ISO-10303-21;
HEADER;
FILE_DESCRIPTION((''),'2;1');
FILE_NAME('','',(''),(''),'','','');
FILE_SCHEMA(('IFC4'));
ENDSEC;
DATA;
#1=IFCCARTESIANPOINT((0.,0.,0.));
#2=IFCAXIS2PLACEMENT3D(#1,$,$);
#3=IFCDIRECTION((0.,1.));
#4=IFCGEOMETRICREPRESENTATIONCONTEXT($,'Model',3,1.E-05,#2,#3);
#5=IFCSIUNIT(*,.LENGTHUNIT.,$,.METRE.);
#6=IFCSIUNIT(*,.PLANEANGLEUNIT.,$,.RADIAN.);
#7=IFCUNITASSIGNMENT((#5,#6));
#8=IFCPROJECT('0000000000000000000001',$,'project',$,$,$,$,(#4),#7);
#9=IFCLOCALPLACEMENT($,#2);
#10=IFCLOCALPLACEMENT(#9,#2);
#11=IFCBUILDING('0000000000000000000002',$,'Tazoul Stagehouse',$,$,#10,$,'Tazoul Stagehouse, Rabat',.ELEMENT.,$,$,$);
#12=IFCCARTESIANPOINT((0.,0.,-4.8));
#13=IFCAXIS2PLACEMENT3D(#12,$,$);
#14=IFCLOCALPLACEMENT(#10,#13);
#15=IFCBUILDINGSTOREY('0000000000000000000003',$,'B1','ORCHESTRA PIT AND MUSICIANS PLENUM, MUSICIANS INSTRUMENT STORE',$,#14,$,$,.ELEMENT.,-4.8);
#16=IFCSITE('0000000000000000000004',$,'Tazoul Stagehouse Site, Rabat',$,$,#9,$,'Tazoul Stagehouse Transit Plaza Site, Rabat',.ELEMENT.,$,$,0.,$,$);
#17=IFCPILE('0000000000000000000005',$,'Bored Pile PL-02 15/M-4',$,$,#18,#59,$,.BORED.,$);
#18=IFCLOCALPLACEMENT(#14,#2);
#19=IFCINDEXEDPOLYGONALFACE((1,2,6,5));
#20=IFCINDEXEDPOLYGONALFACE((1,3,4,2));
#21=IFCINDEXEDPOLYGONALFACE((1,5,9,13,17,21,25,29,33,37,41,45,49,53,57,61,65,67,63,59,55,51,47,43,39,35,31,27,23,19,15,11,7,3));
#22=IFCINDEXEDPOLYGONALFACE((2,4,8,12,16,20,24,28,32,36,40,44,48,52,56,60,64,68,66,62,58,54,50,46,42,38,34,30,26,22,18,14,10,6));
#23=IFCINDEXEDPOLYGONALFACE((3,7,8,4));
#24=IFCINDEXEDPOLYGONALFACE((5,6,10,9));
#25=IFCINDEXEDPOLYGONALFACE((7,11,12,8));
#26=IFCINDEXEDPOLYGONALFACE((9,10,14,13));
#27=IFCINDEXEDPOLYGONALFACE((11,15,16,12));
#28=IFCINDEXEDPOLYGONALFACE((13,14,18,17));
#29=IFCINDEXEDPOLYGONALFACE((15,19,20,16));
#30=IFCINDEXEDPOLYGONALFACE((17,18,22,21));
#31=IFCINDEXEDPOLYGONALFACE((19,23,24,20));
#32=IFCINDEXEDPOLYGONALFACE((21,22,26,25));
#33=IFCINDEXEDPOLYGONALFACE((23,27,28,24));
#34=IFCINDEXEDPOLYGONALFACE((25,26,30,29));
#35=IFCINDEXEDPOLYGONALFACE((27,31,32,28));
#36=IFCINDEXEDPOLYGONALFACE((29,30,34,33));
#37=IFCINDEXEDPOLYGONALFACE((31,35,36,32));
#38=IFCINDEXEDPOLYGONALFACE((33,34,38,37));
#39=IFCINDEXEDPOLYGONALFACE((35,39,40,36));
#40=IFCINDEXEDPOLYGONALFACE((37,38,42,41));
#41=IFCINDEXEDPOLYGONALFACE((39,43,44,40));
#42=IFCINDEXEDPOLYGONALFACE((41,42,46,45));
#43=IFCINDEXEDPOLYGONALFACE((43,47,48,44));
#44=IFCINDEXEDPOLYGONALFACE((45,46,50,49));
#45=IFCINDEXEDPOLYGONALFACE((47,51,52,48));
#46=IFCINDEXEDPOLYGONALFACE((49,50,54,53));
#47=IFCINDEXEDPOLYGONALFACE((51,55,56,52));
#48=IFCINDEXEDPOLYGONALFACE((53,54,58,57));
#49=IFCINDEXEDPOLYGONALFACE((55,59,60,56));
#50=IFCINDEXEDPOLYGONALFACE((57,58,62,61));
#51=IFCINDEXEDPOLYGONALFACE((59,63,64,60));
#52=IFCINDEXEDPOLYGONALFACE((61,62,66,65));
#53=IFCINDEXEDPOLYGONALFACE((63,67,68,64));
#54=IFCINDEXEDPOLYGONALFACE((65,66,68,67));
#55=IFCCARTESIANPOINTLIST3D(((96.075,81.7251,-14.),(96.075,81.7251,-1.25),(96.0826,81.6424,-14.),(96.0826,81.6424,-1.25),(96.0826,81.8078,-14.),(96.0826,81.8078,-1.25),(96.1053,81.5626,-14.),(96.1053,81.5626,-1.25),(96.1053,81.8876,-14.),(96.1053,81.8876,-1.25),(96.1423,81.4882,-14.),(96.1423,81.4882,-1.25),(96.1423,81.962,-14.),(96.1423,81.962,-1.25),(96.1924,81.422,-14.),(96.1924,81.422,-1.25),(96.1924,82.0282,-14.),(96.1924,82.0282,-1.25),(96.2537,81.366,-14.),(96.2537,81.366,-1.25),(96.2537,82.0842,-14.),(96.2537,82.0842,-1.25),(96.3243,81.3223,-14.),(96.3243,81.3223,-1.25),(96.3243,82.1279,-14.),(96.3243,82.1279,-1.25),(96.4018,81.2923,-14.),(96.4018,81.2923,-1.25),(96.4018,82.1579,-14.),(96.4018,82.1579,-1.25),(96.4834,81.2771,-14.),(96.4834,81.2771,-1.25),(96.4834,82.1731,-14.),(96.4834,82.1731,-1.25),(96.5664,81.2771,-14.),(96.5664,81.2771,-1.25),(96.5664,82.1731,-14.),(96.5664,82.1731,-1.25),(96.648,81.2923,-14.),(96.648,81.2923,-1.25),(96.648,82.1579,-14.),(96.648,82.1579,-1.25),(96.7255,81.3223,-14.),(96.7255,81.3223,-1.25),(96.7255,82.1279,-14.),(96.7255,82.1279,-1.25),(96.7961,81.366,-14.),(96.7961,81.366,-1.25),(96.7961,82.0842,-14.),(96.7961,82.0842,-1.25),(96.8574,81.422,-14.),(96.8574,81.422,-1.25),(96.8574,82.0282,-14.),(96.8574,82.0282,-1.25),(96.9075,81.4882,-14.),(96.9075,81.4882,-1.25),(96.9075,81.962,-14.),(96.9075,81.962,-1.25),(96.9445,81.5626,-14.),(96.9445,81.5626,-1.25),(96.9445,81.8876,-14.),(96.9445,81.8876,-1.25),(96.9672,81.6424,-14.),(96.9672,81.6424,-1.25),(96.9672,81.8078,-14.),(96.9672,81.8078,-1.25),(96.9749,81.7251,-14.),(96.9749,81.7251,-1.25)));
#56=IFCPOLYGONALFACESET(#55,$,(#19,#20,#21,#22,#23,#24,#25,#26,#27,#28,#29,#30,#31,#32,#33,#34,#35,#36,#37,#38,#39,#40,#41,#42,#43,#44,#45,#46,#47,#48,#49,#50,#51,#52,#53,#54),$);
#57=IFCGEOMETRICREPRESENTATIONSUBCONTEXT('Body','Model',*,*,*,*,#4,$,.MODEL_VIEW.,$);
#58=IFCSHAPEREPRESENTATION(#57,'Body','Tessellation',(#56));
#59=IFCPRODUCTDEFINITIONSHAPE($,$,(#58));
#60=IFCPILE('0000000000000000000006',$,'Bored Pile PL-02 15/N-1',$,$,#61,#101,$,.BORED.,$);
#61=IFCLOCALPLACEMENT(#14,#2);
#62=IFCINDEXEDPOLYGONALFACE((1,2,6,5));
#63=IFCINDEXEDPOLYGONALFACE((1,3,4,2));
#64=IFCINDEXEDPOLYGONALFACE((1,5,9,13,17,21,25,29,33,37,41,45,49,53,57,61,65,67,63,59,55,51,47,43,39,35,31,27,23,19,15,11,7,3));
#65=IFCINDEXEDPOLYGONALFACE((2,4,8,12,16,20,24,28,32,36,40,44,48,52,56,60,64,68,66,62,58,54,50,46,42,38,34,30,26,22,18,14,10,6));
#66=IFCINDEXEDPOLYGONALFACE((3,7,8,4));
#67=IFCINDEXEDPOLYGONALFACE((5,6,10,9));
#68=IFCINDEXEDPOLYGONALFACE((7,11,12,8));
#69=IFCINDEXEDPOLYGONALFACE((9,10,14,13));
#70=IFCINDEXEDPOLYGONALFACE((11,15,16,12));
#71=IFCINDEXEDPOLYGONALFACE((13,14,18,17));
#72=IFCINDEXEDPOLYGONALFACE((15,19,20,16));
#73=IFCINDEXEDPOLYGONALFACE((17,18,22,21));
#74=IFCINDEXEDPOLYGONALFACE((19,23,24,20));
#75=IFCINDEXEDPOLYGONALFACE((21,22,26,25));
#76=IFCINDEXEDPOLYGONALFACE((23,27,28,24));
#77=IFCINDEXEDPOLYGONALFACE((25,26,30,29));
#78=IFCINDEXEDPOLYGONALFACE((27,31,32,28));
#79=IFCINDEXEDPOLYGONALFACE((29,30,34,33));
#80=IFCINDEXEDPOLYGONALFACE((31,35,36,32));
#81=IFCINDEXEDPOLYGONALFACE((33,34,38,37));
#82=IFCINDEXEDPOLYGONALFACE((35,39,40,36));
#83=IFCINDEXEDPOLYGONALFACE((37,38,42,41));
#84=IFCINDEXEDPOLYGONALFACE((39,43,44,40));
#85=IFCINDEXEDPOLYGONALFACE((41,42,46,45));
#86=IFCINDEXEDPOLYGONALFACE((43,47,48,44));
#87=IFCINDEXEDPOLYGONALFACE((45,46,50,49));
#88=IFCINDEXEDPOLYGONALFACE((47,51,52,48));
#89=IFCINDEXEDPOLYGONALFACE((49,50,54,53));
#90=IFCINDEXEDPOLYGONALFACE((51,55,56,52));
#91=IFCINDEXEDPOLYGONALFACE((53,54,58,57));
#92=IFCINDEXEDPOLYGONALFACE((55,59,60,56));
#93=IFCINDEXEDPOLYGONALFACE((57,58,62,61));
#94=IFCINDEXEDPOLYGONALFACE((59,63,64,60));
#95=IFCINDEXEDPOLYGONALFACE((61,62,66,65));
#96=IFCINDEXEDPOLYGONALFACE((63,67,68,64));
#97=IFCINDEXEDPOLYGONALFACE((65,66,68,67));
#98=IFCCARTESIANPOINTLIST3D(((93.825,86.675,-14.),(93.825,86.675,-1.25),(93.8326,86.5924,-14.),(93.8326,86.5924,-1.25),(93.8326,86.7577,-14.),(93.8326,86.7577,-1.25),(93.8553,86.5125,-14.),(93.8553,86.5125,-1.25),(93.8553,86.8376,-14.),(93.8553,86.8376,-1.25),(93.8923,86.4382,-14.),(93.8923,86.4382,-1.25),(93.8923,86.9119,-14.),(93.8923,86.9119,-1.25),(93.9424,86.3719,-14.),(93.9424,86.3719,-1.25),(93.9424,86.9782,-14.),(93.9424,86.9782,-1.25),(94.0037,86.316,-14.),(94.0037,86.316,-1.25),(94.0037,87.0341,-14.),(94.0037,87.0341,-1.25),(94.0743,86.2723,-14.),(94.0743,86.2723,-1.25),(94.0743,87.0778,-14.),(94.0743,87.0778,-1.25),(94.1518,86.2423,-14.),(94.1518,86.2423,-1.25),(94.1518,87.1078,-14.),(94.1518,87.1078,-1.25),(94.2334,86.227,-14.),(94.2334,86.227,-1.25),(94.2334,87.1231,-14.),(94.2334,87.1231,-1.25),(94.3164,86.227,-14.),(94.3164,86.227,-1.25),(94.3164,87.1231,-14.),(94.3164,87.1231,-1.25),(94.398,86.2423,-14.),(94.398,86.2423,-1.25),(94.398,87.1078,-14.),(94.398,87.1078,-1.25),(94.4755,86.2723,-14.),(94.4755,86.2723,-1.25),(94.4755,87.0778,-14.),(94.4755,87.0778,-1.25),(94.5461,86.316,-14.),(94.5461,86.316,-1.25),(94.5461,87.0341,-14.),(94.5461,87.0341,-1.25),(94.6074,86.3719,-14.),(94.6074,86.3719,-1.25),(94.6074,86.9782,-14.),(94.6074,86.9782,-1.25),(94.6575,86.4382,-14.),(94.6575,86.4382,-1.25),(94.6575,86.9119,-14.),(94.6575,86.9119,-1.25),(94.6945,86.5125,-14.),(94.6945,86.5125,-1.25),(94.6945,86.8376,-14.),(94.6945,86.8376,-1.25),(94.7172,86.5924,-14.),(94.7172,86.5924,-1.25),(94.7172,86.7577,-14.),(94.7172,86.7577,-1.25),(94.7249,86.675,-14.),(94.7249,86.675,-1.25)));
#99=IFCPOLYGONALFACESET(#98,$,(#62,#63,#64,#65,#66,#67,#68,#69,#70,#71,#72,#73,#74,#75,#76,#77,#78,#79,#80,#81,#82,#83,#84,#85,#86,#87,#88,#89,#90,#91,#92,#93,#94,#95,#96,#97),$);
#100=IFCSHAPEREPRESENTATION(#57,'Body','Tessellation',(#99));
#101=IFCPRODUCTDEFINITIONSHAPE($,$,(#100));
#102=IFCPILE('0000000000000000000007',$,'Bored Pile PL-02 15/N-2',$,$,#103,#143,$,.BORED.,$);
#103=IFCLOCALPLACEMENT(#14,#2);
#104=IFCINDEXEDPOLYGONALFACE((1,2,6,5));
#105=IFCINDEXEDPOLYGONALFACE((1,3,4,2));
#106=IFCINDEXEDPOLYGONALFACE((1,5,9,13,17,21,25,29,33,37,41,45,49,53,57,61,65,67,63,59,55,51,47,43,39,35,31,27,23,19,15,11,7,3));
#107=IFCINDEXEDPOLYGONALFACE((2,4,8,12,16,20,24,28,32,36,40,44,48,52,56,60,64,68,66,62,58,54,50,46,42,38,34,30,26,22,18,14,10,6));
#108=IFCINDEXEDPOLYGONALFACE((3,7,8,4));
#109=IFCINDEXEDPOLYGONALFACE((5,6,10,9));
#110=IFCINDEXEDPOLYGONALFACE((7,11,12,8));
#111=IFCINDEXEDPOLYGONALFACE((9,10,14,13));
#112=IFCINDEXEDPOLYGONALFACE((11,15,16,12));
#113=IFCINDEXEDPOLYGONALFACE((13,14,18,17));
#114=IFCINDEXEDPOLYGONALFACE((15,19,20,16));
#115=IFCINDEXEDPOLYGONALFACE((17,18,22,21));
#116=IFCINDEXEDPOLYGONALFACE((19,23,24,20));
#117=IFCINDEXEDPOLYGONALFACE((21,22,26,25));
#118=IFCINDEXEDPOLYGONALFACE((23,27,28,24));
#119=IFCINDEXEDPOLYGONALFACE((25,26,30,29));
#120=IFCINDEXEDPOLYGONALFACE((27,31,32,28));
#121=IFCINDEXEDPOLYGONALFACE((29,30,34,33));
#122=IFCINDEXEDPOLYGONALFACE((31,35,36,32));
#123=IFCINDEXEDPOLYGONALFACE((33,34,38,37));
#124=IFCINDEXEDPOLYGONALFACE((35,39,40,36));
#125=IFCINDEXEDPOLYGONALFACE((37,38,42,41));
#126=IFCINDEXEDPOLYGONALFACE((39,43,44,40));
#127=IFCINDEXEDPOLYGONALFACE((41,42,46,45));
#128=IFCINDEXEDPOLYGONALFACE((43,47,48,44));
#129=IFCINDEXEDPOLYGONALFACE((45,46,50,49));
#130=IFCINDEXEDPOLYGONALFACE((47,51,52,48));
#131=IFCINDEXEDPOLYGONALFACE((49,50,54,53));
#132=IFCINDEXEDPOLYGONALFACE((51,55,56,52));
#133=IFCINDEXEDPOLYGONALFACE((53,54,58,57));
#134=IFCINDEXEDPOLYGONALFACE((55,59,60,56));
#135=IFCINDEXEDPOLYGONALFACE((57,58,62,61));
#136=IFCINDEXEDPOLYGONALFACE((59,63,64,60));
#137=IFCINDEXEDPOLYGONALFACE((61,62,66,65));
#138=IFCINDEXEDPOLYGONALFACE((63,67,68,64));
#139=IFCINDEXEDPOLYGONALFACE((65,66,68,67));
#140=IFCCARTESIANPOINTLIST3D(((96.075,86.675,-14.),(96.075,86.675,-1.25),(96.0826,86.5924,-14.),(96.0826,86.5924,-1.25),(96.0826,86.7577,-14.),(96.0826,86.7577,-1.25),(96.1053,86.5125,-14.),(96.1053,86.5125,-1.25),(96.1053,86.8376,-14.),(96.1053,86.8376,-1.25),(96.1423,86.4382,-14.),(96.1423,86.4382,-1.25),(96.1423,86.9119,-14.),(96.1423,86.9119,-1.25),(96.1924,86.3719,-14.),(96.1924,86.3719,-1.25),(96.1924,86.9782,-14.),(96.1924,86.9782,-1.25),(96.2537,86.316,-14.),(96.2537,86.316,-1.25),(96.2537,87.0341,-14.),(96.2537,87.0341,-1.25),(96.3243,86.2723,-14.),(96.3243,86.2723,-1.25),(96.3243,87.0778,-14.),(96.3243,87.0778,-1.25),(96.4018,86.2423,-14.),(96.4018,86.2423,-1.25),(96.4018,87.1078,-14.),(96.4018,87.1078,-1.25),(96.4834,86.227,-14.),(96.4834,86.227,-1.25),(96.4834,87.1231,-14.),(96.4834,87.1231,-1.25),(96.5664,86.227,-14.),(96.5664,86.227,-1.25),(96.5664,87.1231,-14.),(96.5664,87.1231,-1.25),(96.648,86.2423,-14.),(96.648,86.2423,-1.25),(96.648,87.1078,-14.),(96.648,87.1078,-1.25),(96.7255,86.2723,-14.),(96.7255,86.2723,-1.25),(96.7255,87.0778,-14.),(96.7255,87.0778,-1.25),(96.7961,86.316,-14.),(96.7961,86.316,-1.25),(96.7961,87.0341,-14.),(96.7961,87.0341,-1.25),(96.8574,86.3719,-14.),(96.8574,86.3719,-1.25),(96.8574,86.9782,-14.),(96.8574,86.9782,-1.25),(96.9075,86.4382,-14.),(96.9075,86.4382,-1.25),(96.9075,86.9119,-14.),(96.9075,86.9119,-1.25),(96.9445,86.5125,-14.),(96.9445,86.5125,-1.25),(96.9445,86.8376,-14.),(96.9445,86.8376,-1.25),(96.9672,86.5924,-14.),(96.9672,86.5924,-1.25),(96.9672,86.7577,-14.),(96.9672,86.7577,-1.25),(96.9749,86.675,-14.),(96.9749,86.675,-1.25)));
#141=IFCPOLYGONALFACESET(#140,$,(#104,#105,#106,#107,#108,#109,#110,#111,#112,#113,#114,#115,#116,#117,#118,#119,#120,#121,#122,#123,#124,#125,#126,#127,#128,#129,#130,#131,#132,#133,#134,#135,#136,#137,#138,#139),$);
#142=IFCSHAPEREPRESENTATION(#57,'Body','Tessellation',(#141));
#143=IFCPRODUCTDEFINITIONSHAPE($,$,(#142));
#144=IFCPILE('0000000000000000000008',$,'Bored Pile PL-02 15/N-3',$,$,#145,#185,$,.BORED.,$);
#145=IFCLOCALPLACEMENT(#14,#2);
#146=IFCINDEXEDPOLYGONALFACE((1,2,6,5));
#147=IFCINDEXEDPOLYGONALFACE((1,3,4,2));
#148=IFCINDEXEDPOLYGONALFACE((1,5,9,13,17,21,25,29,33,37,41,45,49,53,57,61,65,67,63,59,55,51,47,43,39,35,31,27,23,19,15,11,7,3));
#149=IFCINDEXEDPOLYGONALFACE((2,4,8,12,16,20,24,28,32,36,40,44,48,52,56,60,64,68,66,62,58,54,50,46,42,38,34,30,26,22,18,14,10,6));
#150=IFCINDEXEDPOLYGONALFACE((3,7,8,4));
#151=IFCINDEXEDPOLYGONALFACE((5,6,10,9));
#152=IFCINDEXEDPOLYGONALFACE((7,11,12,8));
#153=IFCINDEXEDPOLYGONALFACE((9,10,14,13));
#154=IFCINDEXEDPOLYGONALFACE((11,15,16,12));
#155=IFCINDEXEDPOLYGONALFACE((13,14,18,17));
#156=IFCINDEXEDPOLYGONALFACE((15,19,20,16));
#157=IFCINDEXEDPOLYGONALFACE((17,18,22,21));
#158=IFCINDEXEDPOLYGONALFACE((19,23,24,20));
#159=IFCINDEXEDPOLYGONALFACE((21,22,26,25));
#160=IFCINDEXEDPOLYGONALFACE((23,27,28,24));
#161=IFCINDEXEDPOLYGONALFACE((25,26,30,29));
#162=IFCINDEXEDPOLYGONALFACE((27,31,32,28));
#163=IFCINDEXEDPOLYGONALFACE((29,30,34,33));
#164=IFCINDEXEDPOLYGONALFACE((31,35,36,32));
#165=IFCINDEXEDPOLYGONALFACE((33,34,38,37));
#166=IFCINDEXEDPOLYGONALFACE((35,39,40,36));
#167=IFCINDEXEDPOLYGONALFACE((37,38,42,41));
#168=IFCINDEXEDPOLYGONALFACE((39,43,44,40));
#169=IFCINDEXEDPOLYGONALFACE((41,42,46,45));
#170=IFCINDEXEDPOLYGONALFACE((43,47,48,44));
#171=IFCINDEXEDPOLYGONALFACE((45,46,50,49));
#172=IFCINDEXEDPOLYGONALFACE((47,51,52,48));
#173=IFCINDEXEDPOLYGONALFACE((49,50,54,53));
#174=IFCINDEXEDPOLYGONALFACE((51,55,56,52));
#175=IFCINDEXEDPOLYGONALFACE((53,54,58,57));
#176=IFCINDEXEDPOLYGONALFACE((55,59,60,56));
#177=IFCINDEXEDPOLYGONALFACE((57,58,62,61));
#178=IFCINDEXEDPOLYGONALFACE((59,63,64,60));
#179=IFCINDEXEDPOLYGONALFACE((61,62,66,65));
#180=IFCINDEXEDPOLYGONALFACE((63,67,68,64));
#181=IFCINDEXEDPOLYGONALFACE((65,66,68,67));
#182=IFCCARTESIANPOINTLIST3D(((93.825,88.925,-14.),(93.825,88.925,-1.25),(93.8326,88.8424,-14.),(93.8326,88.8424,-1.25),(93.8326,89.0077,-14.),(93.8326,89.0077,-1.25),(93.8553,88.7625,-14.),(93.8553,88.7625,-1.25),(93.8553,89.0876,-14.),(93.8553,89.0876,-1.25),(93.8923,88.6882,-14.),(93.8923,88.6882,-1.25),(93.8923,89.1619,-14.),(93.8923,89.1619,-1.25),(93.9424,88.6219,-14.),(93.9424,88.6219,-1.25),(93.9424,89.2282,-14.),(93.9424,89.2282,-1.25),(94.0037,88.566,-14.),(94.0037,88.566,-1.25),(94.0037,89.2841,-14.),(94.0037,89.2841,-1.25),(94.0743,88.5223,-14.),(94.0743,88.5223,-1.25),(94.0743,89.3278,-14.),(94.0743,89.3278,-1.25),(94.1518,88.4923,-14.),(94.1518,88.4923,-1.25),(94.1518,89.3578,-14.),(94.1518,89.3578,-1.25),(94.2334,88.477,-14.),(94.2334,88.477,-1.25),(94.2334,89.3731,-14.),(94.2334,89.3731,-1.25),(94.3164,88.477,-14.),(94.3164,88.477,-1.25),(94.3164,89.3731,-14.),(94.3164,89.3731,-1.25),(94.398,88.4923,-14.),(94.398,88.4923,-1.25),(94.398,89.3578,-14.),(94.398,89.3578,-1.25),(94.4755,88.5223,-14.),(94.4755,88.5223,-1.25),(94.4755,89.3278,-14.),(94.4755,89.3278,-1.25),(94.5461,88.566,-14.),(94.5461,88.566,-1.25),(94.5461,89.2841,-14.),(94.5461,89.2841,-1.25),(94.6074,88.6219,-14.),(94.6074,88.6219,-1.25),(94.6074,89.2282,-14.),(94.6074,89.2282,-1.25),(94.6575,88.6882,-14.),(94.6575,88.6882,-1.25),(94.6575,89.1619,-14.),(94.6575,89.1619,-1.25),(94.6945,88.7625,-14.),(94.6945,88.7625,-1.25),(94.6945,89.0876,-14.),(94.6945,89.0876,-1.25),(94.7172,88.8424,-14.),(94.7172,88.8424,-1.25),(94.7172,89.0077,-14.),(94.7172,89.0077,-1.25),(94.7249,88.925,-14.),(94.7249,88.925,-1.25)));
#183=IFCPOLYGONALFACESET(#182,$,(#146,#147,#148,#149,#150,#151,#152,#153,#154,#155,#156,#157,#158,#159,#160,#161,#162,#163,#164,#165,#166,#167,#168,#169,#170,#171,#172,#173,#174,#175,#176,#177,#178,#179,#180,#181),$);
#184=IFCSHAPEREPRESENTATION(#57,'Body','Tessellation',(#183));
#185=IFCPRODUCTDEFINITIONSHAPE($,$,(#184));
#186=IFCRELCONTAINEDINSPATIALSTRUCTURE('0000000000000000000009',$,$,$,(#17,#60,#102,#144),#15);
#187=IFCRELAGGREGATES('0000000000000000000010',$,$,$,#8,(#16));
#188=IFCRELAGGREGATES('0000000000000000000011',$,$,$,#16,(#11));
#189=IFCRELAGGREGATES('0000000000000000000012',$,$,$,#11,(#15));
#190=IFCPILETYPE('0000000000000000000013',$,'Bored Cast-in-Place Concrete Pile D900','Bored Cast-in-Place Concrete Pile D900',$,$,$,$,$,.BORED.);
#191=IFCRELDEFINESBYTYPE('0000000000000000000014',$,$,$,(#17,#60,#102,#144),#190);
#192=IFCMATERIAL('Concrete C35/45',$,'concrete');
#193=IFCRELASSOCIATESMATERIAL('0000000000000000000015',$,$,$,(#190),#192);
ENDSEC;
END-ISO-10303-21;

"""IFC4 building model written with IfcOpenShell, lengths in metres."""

from ifc_helpers import new_model, si_unit, direction, frame, origin, origin_2d, place, context, subcontext, project, spatial, circle, extrude, material, material_profile, profile_set, type_object, element, save


model = new_model("IFC4")

# Units and contexts
model_context = context("Model", 3, precision=1e-05, world=origin(), true_north=direction((0.0, 1.0)))
body_context = subcontext(model_context, "Body", "Model", "MODEL_VIEW")
ifc_project = project(units=[si_unit("LENGTHUNIT", "METRE"), si_unit("PLANEANGLEUNIT", "RADIAN")], contexts=[model_context])

# Site, building, storey
site_placement = place(None, origin())
site = spatial("IfcSite", under=ifc_project, at=site_placement, Name="Tazoul Stagehouse Site, Rabat", LongName="Tazoul Stagehouse Transit Plaza Site, Rabat", CompositionType="ELEMENT", RefElevation=0.0)
building_placement = place(site_placement, origin())
building = spatial("IfcBuilding", under=site, at=building_placement, Name="Tazoul Stagehouse", LongName="Tazoul Stagehouse, Rabat", CompositionType="ELEMENT")
storey_placement = place(building_placement, frame((0.0, 0.0, -4.8)))
storey = spatial("IfcBuildingStorey", under=building, at=storey_placement, Name="B1", Description="ORCHESTRA PIT AND MUSICIANS PLENUM, MUSICIANS INSTRUMENT STORE", CompositionType="ELEMENT", Elevation=-4.8)

# Piles
ifc_material_1 = material(Name="Concrete C35/45", Category="concrete")
ifc_material_profile_1 = material_profile(ifc_material_1, circle(Radius=0.45, at=origin_2d()), Name="BORED PILE 900")
ifc_profile_set_1 = profile_set([ifc_material_profile_1], Name="Concrete C35/45")
pile_type_1 = type_object("IfcPileType", Name="Bored Cast-in-Place Concrete Pile D900", Description="Bored Cast-in-Place Concrete Pile D900", PredefinedType="BORED", material=ifc_profile_set_1)
for number, where, z_axis, x_axis, name in (
    (1, (96.5249, 81.7251, -1.25), (0.0, 0.0, -1.0), (1.0, 0.0, 0.0), "Bored Pile PL-02 15/M-4"),
    (2, (94.2749, 86.675, -1.25), (0.0, 0.0, -1.0), (1.0, 0.0, 0.0), "Bored Pile PL-02 15/N-1"),
    (3, (96.5249, 86.675, -1.25), (0.0, 0.0, -1.0), (1.0, 0.0, 0.0), "Bored Pile PL-02 15/N-2"),
    (4, (94.2749, 88.925, -1.25), (0.0, 0.0, -1.0), (1.0, 0.0, 0.0), "Bored Pile PL-02 15/N-3"),
):
    element("IfcPile", number, at=place(storey_placement, frame(where, z_axis=z_axis, x_axis=x_axis)), inside=storey, type_object=pile_type_1, Name=name, PredefinedType="BORED", context=body_context, shape_type="SweptSolid", body=[
        extrude(circle(Radius=0.45, at=origin_2d()), origin(), (0.0, 0.0, 1.0), 12.75),
    ])

save(model, "model.ifc")
